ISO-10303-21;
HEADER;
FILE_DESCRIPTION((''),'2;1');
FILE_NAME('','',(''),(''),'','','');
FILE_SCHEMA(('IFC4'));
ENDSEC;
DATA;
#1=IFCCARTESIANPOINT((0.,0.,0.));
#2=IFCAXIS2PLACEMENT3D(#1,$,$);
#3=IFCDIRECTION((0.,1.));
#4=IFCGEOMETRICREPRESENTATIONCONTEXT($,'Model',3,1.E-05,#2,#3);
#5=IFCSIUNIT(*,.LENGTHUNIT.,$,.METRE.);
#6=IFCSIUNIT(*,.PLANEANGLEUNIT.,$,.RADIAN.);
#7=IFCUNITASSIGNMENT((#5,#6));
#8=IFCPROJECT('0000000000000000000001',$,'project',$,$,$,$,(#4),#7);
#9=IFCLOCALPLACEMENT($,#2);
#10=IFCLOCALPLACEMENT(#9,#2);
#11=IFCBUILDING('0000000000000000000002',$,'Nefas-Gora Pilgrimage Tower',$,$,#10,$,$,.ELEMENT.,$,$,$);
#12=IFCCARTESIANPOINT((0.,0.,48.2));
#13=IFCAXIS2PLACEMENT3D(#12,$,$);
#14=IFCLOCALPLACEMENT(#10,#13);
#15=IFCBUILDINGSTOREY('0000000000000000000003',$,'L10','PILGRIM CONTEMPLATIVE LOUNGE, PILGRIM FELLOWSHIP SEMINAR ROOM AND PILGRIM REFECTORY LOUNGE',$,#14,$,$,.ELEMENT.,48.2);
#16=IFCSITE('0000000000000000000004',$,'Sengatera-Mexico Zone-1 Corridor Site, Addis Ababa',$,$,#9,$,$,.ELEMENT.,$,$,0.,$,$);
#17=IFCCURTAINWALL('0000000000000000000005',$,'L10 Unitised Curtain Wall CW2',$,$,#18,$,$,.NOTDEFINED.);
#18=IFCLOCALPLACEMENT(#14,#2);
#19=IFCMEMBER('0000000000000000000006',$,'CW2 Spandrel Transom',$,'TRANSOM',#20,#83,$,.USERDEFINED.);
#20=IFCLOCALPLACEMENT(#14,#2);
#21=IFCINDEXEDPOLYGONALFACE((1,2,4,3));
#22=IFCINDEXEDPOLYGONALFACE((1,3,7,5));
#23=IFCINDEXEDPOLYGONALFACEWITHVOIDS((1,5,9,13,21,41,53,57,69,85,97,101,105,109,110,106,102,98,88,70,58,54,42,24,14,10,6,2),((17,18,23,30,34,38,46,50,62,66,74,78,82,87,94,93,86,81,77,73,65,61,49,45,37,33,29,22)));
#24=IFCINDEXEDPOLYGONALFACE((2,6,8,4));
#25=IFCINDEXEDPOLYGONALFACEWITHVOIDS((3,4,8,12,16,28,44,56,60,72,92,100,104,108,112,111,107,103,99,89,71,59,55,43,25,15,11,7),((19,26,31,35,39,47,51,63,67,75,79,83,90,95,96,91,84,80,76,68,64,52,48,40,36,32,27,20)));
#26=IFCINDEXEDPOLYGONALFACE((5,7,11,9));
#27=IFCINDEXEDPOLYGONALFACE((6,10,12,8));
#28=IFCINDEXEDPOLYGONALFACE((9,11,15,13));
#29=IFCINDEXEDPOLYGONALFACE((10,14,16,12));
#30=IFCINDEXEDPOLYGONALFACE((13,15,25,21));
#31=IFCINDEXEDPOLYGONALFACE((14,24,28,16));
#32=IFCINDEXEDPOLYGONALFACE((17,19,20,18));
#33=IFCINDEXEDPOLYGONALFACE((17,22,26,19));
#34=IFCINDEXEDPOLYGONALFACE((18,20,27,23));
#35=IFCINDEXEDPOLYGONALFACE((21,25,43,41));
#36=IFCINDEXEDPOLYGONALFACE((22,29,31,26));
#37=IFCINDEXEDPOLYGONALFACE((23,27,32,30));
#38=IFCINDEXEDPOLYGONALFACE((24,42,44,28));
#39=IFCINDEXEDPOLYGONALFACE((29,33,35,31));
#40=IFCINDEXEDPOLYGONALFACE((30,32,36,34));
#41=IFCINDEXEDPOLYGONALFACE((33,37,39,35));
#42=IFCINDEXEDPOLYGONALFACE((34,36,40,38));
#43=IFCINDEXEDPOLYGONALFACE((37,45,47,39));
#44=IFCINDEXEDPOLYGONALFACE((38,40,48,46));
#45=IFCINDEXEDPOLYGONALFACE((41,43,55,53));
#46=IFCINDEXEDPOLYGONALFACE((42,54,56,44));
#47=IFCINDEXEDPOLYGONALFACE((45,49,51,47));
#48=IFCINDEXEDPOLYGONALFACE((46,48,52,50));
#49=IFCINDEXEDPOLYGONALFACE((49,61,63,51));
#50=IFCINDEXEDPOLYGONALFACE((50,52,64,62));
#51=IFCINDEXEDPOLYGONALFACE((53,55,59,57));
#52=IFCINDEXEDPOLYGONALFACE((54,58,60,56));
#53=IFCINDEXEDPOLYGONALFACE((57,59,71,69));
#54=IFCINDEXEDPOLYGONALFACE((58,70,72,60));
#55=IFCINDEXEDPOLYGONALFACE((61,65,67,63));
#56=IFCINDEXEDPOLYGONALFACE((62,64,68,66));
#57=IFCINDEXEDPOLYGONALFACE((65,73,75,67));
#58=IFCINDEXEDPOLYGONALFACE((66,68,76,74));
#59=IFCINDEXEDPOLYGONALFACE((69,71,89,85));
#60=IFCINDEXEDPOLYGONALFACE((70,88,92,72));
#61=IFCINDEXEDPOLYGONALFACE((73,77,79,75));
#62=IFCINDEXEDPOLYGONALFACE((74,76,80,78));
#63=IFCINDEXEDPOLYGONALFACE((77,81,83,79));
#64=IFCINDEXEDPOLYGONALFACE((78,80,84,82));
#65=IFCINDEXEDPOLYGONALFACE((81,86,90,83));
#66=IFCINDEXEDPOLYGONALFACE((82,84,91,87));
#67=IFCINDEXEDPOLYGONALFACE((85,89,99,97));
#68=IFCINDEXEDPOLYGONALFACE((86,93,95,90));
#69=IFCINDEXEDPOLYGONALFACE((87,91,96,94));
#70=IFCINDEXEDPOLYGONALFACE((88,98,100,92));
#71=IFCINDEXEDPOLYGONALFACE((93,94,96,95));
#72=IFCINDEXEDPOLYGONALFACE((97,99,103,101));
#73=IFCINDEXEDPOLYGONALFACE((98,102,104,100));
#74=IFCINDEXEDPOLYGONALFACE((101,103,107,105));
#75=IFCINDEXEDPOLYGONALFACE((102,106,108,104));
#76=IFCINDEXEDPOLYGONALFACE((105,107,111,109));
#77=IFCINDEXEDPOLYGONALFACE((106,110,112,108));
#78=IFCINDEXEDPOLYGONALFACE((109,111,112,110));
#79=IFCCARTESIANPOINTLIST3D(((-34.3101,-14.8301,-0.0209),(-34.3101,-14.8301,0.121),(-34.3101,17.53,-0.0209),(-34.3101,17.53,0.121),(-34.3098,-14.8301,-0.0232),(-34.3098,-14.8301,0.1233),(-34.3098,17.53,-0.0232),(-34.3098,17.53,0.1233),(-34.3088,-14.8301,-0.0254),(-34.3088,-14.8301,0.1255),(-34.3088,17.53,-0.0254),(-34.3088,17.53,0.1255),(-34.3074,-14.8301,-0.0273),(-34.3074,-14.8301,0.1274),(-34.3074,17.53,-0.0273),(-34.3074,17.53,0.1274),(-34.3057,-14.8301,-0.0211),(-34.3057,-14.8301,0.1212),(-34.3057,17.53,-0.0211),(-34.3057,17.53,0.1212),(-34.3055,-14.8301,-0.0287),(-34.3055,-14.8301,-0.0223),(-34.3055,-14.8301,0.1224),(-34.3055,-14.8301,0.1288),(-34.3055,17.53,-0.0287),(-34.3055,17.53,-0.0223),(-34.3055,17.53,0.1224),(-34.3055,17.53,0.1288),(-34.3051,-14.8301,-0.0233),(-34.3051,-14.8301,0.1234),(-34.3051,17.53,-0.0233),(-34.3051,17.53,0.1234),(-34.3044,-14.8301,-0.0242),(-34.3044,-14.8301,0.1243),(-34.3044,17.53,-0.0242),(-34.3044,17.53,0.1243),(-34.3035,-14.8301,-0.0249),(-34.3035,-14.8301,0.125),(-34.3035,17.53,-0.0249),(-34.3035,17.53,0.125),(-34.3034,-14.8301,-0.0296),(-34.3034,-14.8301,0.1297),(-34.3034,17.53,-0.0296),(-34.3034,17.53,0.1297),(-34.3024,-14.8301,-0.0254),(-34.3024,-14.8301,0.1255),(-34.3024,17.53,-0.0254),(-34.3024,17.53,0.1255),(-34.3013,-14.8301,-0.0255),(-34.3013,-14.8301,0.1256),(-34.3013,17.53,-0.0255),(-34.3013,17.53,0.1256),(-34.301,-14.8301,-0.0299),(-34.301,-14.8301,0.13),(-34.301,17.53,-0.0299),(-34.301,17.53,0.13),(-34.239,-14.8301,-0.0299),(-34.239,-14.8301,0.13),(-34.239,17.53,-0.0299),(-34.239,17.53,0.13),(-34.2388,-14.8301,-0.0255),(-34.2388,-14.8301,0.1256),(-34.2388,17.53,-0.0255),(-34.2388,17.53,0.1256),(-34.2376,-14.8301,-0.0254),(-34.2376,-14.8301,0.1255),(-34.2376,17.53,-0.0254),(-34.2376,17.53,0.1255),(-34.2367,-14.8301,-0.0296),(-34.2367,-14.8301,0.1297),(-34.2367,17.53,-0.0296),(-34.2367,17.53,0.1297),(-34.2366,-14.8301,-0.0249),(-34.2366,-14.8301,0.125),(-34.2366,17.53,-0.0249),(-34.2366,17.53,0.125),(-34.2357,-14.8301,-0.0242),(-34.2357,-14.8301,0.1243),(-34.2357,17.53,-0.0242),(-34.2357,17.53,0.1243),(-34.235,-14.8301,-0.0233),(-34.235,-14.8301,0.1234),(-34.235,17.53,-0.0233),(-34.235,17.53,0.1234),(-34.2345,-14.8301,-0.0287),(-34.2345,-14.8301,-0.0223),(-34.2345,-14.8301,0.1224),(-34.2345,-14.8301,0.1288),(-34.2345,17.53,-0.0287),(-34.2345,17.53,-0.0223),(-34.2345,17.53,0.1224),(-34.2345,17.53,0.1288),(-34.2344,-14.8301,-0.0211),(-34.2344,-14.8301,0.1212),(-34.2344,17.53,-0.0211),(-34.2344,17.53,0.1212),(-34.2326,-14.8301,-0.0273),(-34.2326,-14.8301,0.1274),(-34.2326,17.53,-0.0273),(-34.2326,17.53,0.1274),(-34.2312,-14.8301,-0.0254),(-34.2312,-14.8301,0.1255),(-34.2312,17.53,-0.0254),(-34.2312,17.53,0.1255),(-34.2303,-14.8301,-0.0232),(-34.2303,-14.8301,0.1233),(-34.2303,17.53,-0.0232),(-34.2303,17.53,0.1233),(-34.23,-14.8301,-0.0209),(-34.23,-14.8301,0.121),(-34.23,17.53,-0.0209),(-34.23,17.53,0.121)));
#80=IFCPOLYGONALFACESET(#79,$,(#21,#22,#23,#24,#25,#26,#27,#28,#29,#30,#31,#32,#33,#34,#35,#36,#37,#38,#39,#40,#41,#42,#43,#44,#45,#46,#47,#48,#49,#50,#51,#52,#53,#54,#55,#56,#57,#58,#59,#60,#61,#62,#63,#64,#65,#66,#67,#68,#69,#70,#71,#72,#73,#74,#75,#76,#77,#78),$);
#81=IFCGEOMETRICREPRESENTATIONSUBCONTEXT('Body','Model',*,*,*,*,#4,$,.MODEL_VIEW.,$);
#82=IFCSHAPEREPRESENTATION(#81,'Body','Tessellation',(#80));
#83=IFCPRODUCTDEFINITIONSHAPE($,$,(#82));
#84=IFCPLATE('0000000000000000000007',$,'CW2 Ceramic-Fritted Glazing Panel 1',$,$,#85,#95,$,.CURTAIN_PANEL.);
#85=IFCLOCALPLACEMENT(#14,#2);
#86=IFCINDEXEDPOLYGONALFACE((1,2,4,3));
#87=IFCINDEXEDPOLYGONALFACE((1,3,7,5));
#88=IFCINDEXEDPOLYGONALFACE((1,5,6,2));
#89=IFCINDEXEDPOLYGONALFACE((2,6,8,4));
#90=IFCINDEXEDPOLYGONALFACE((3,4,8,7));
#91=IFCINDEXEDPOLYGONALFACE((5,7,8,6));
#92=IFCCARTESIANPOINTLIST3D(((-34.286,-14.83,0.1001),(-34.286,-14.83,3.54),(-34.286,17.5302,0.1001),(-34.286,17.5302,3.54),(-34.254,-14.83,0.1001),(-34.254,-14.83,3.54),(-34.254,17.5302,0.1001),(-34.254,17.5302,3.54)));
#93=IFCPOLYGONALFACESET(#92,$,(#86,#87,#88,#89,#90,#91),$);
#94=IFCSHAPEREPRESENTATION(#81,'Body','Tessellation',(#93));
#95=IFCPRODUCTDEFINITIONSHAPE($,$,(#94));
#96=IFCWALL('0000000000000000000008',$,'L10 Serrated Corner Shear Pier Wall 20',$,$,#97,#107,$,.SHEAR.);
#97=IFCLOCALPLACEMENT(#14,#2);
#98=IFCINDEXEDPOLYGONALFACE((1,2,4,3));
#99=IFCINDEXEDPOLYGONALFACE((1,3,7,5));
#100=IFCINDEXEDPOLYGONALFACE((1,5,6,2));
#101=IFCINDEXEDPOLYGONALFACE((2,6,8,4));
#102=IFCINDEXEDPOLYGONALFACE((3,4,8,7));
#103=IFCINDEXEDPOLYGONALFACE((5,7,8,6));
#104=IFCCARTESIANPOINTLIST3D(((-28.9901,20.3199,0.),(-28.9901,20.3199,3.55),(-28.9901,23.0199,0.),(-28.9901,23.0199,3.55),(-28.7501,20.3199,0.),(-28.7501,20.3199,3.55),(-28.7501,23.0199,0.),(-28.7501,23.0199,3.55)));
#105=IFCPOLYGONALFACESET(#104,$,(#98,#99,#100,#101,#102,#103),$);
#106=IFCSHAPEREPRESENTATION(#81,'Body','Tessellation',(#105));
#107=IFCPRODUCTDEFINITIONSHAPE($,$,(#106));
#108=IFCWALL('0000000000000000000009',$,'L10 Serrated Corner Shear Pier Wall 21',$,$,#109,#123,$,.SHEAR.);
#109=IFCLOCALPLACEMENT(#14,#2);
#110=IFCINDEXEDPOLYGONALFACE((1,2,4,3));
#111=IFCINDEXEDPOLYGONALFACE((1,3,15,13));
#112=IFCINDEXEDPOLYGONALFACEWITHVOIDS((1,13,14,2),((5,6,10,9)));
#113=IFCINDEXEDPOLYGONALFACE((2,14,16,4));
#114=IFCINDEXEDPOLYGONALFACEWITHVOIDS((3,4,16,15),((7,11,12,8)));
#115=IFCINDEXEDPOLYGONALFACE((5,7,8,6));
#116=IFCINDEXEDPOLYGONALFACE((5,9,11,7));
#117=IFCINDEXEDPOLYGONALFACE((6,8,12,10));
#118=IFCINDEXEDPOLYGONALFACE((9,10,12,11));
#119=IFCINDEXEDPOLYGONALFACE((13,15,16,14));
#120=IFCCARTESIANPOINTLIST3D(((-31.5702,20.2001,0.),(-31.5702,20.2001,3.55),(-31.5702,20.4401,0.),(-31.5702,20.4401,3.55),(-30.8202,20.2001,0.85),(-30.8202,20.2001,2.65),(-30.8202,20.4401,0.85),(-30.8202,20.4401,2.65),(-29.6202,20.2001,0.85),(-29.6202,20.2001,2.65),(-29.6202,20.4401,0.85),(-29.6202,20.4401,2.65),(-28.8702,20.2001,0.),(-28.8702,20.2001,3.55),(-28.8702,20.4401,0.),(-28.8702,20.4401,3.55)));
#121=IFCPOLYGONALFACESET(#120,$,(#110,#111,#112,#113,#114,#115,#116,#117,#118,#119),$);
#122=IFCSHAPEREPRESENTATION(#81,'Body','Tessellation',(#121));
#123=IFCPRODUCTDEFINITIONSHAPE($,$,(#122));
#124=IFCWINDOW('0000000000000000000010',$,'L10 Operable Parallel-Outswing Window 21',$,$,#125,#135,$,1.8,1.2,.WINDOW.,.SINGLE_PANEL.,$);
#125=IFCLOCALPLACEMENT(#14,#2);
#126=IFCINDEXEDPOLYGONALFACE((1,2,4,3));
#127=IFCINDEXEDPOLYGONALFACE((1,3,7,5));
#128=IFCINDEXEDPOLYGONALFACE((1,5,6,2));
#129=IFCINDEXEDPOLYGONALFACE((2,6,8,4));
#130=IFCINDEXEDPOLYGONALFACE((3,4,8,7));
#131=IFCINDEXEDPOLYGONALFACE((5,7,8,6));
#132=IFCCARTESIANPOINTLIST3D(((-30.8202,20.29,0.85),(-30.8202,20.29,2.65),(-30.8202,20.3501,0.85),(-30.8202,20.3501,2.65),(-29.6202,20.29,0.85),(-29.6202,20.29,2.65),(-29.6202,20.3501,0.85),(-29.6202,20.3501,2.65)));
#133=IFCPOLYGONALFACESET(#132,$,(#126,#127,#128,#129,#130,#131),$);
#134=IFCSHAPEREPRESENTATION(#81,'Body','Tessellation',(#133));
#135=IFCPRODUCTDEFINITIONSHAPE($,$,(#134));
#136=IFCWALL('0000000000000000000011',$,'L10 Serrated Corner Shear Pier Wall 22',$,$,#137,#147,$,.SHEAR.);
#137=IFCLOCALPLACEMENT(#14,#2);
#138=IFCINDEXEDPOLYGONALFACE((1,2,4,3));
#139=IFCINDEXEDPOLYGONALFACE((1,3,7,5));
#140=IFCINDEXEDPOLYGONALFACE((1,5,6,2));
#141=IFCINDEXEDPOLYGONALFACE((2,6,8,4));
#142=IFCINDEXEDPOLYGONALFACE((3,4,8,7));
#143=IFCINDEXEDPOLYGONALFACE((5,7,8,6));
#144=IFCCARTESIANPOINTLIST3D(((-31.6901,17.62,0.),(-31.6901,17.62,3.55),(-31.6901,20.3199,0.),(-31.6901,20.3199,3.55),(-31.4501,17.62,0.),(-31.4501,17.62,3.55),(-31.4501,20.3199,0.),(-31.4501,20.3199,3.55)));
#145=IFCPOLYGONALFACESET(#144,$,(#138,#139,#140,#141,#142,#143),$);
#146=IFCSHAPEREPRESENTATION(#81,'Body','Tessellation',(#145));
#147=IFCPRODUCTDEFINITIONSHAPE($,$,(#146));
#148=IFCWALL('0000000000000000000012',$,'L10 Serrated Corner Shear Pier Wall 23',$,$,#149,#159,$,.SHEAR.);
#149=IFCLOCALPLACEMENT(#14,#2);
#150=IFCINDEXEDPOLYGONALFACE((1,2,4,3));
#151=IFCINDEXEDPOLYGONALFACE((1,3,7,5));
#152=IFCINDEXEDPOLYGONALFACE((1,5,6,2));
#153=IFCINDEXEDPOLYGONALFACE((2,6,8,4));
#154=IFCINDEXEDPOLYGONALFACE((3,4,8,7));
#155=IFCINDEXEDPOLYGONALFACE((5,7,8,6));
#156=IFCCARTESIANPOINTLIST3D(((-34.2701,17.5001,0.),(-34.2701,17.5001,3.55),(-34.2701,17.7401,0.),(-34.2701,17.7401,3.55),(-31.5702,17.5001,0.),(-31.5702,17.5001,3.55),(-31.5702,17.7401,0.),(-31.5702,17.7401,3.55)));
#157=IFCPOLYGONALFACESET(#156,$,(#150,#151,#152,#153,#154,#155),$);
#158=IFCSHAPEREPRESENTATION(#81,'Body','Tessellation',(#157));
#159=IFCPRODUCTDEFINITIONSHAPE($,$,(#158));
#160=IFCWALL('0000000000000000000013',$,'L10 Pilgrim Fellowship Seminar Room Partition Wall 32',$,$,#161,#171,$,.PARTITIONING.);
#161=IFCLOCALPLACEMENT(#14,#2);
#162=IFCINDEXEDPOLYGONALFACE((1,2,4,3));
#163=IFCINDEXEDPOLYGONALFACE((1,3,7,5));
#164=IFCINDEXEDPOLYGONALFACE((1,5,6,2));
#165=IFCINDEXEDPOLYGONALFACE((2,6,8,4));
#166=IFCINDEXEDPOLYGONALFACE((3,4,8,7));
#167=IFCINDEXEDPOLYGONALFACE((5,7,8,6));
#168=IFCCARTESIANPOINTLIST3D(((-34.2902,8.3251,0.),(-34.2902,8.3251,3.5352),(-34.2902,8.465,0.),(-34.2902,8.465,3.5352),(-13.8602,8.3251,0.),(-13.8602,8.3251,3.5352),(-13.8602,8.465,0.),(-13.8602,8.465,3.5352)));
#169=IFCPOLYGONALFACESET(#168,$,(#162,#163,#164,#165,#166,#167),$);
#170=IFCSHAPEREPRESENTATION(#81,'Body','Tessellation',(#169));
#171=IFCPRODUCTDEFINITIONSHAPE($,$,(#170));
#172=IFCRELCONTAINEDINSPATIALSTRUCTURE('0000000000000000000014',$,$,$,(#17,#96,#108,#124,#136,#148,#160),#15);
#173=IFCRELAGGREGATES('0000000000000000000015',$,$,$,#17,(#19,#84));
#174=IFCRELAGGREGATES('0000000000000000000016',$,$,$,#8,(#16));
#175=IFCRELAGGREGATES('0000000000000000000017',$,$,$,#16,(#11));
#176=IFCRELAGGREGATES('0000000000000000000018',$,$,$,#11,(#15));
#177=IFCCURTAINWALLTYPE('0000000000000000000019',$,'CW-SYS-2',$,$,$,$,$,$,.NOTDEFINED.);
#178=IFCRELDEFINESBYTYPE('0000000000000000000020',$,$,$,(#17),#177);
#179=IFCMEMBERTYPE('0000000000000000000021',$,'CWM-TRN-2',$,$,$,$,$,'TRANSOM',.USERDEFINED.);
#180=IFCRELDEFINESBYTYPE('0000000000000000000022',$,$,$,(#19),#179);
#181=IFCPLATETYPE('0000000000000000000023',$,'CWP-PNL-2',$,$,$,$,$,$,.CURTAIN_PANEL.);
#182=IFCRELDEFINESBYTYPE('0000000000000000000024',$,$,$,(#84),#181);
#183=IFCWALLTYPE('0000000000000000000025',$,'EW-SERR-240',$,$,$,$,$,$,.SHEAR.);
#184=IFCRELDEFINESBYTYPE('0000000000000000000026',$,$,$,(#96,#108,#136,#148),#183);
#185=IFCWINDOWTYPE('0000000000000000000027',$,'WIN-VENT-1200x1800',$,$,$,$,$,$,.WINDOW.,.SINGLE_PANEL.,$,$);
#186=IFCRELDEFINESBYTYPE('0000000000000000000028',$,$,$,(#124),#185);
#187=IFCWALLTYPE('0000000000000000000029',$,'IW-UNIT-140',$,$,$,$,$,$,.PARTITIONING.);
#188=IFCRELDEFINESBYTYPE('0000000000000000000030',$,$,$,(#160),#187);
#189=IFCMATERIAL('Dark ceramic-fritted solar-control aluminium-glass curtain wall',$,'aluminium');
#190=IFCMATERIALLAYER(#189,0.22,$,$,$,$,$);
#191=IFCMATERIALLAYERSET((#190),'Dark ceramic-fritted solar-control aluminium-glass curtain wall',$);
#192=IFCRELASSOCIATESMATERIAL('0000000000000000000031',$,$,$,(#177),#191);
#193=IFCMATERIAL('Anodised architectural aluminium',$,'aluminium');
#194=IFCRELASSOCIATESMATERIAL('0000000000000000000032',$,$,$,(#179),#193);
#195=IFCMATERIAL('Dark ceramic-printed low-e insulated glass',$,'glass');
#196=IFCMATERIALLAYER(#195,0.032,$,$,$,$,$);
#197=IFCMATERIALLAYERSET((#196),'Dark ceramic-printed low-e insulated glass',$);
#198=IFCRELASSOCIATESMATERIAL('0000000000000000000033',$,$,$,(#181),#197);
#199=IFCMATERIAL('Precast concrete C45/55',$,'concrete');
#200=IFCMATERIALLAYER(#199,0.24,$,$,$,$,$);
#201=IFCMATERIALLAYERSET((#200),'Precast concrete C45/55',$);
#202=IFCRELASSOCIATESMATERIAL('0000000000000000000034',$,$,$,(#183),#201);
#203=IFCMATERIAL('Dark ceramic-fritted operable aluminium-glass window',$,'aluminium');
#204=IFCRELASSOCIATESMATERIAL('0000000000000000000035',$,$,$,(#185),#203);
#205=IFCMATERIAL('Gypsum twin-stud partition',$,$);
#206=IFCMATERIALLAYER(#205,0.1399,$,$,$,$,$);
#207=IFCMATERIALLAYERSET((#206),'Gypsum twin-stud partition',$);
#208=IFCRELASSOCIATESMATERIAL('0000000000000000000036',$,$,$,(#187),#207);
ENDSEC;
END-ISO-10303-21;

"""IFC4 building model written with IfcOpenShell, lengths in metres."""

from ifc_helpers import new_model, si_unit, direction, frame, frame_2d, origin, origin_2d, place, context, subcontext, project, spatial, rectangle, hollow_rectangle, extrude, source, transform, mapped, material, layer, layer_set, material_profile, profile_set, type_object, element, fill, aggregate, save


model = new_model("IFC4")

# Units and contexts
model_context = context("Model", 3, precision=1e-05, world=origin(), true_north=direction((0.0, 1.0)))
body_context = subcontext(model_context, "Body", "Model", "MODEL_VIEW")
ifc_project = project(units=[si_unit("LENGTHUNIT", "METRE"), si_unit("PLANEANGLEUNIT", "RADIAN")], contexts=[model_context])

# Site, building, storey
site_placement = place(None, origin())
site = spatial("IfcSite", under=ifc_project, at=site_placement, Name="Sengatera-Mexico Zone-1 Corridor Site, Addis Ababa", CompositionType="ELEMENT", RefElevation=0.0)
building_placement = place(site_placement, origin())
building = spatial("IfcBuilding", under=site, at=building_placement, Name="Nefas-Gora Pilgrimage Tower", CompositionType="ELEMENT")
storey_placement = place(building_placement, frame((0.0, 0.0, 48.2)))
storey = spatial("IfcBuildingStorey", under=building, at=storey_placement, Name="L10", Description="PILGRIM CONTEMPLATIVE LOUNGE, PILGRIM FELLOWSHIP SEMINAR ROOM AND PILGRIM REFECTORY LOUNGE", CompositionType="ELEMENT", Elevation=48.2)

# Shared definitions
ifc_material_1 = material(Name="Dark ceramic-fritted solar-control aluminium-glass curtain wall", Category="aluminium")
ifc_layer_1 = layer(ifc_material_1, 0.22)
ifc_layer_set_1 = layer_set([ifc_layer_1], Name="Dark ceramic-fritted solar-control aluminium-glass curtain wall")
curtain_wall_type = type_object("IfcCurtainWallType", Name="CW-SYS-2", PredefinedType="NOTDEFINED", material=ifc_layer_set_1)
ifc_material_2 = material(Name="Anodised architectural aluminium", Category="aluminium")

# Curtain wall, member, plate
curtain_wall_1_placement = place(storey_placement, origin())
curtain_wall_1 = element("IfcCurtainWall", 1, at=curtain_wall_1_placement, inside=storey, type_object=curtain_wall_type, Name="L10 Unitised Curtain Wall CW2", PredefinedType="NOTDEFINED")
ifc_material_profile_1 = material_profile(ifc_material_2, hollow_rectangle(XDim=0.0801, YDim=0.1599, WallThickness=0.0044, InnerFilletRadius=0.0044, OuterFilletRadius=0.009, at=origin_2d()), Name="ALU TRANSOM 80x160")
ifc_profile_set_1 = profile_set([ifc_material_profile_1], Name="Anodised architectural aluminium")
member_type_1 = type_object("IfcMemberType", Name="CWM-TRN-2", ElementType="TRANSOM", PredefinedType="USERDEFINED", material=ifc_profile_set_1)
shared_shape_1 = source(origin(), body_context, "Body", "SweptSolid", [
    extrude(hollow_rectangle(XDim=0.0801, YDim=0.1599, WallThickness=0.0044, InnerFilletRadius=0.0044, OuterFilletRadius=0.009, at=origin_2d()), origin(), (0.0, 0.0, 1.0), 32.3601),
])
member_1_placement = place(storey_placement, frame((-34.27, 17.53, 0.05), z_axis=(0.0, -1.0, 0.0), x_axis=(1.0, 0.0, 0.0)))
member_1 = element("IfcMember", 2, at=member_1_placement, type_object=member_type_1, Name="CW2 Spandrel Transom", ObjectType="TRANSOM", PredefinedType="USERDEFINED", context=body_context, shape_type="MappedRepresentation", body=[
    mapped(shared_shape_1, transform((0.0, 0.0, 0.0), x_axis=(1.0, 0.0, 0.0), y_axis=(0.0, 1.0, 0.0), z_axis=(0.0, 0.0, 1.0), scale=1.0)),
])
ifc_material_3 = material(Name="Dark ceramic-printed low-e insulated glass", Category="glass")
ifc_layer_2 = layer(ifc_material_3, 0.032)
ifc_layer_set_2 = layer_set([ifc_layer_2], Name="Dark ceramic-printed low-e insulated glass")
plate_type = type_object("IfcPlateType", Name="CWP-PNL-2", PredefinedType="CURTAIN_PANEL", material=ifc_layer_set_2)
shared_shape_2 = source(origin(), body_context, "Body", "SweptSolid", [
    extrude(rectangle(XDim=32.3601, YDim=0.032, at=origin_2d()), origin(), (0.0, 0.0, 1.0), 3.4399),
])
plate_placement = place(storey_placement, frame((-34.27, 1.3501, 0.1001), z_axis=(0.0, 0.0, 1.0), x_axis=(0.0, -1.0, 0.0)))
plate = element("IfcPlate", 3, at=plate_placement, type_object=plate_type, Name="CW2 Ceramic-Fritted Glazing Panel 1", PredefinedType="CURTAIN_PANEL", context=body_context, shape_type="MappedRepresentation", body=[
    mapped(shared_shape_2, transform((0.0, 0.0, 0.0), x_axis=(1.0, 0.0, 0.0), y_axis=(0.0, 1.0, 0.0), z_axis=(0.0, 0.0, 1.0), scale=1.0)),
])
aggregate(curtain_wall_1, [member_1, plate])

# Wall
ifc_material_4 = material(Name="Precast concrete C45/55", Category="concrete")
ifc_layer_3 = layer(ifc_material_4, 0.24)
ifc_layer_set_3 = layer_set([ifc_layer_3], Name="Precast concrete C45/55")
wall_type_1 = type_object("IfcWallType", Name="EW-SERR-240", PredefinedType="SHEAR", material=ifc_layer_set_3)
shared_shape_3 = source(origin(), body_context, "Body", "SweptSolid", [
    extrude(rectangle(XDim=2.7, YDim=0.24, at=frame_2d((1.3501, 0.0))), origin(), (0.0, 0.0, 1.0), 3.55),
])
wall_1_placement = place(storey_placement, frame((-28.8701, 23.02, 0.0), z_axis=(0.0, 0.0, 1.0), x_axis=(0.0, -1.0, 0.0)))
element("IfcWall", 4, at=wall_1_placement, inside=storey, type_object=wall_type_1, Name="L10 Serrated Corner Shear Pier Wall 20", PredefinedType="SHEAR", context=body_context, shape_type="MappedRepresentation", body=[
    mapped(shared_shape_3, transform((0.0, 0.0, 0.0), x_axis=(1.0, 0.0, 0.0), y_axis=(0.0, 1.0, 0.0), z_axis=(0.0, 0.0, 1.0), scale=1.0)),
])

# Wall, opening, window
wall_2_placement = place(storey_placement, frame((-28.8701, 20.3201, 0.0), z_axis=(0.0, 0.0, 1.0), x_axis=(-1.0, 0.0, 0.0)))
wall_2 = element("IfcWall", 5, at=wall_2_placement, inside=storey, type_object=wall_type_1, Name="L10 Serrated Corner Shear Pier Wall 21", PredefinedType="SHEAR", context=body_context, shape_type="MappedRepresentation", body=[
    mapped(shared_shape_3, transform((0.0, 0.0, 0.0), x_axis=(1.0, 0.0, 0.0), y_axis=(0.0, 1.0, 0.0), z_axis=(0.0, 0.0, 1.0), scale=1.0)),
])
opening_placement = place(wall_2_placement, frame((0.75, 0.0, 0.8501)))
opening = element("IfcOpeningElement", 6, at=opening_placement, cuts=wall_2, PredefinedType="OPENING", context=body_context, shape_type="SweptSolid", body=[
    extrude(rectangle(XDim=1.2, YDim=1.8, at=frame_2d((0.6001, 0.8999))), frame((0.0, 0.1299, 0.0), z_axis=(0.0, -1.0, 0.0), x_axis=(1.0, 0.0, 0.0)), (0.0, 0.0, 1.0), 0.26),
])
ifc_material_5 = material(Name="Dark ceramic-fritted operable aluminium-glass window", Category="aluminium")
window_type = type_object("IfcWindowType", Name="WIN-VENT-1200x1800", PartitioningType="SINGLE_PANEL", PredefinedType="WINDOW", material=ifc_material_5)
shared_shape_4 = source(origin(), body_context, "Body", "SweptSolid", [
    extrude(rectangle(XDim=1.2, YDim=1.8, at=frame_2d((0.6001, 0.8999))), frame((0.0, 0.03, 0.0), z_axis=(0.0, -1.0, 0.0), x_axis=(1.0, 0.0, 0.0)), (0.0, 0.0, 1.0), 0.0601),
])
window_placement = place(opening_placement, origin())
window = element("IfcWindow", 7, at=window_placement, inside=storey, type_object=window_type, Name="L10 Operable Parallel-Outswing Window 21", OverallHeight=1.8, OverallWidth=1.2, PartitioningType="SINGLE_PANEL", PredefinedType="WINDOW", context=body_context, shape_type="MappedRepresentation", body=[
    mapped(shared_shape_4, transform((0.0, 0.0, 0.0), x_axis=(1.0, 0.0, 0.0), y_axis=(0.0, 1.0, 0.0), z_axis=(0.0, 0.0, 1.0), scale=1.0)),
])
fill(opening, window)

# Walls
for number, where, z_axis, x_axis, name in (
    (8, (-31.5701, 20.3201, 0.0), (0.0, 0.0, 1.0), (0.0, -1.0, 0.0), "L10 Serrated Corner Shear Pier Wall 22"),
    (9, (-31.5701, 17.6201, 0.0), (0.0, 0.0, 1.0), (-1.0, 0.0, 0.0), "L10 Serrated Corner Shear Pier Wall 23"),
):
    element("IfcWall", number, at=place(storey_placement, frame(where, z_axis=z_axis, x_axis=x_axis)), inside=storey, type_object=wall_type_1, Name=name, PredefinedType="SHEAR", context=body_context, shape_type="MappedRepresentation", body=[
        mapped(shared_shape_3, transform((0.0, 0.0, 0.0), x_axis=(1.0, 0.0, 0.0), y_axis=(0.0, 1.0, 0.0), z_axis=(0.0, 0.0, 1.0), scale=1.0)),
    ])
ifc_material_6 = material(Name="Gypsum twin-stud partition")
ifc_layer_4 = layer(ifc_material_6, 0.1399)
ifc_layer_set_4 = layer_set([ifc_layer_4], Name="Gypsum twin-stud partition")
wall_type_2 = type_object("IfcWallType", Name="IW-UNIT-140", PredefinedType="PARTITIONING", material=ifc_layer_set_4)
shared_shape_5 = source(origin(), body_context, "Body", "SweptSolid", [
    extrude(rectangle(XDim=20.4299, YDim=0.1399, at=frame_2d((10.2148, 0.0))), origin(), (0.0, 0.0, 1.0), 3.5352),
])
wall_3_placement = place(storey_placement, frame((-34.29, 8.395, 0.0), z_axis=(0.0, 0.0, 1.0), x_axis=(1.0, 0.0, 0.0)))
element("IfcWall", 10, at=wall_3_placement, inside=storey, type_object=wall_type_2, Name="L10 Pilgrim Fellowship Seminar Room Partition Wall 32", PredefinedType="PARTITIONING", context=body_context, shape_type="MappedRepresentation", body=[
    mapped(shared_shape_5, transform((0.0, 0.0, 0.0), x_axis=(1.0, 0.0, 0.0), y_axis=(0.0, 1.0, 0.0), z_axis=(0.0, 0.0, 1.0), scale=1.0)),
])

save(model, "model.ifc")
